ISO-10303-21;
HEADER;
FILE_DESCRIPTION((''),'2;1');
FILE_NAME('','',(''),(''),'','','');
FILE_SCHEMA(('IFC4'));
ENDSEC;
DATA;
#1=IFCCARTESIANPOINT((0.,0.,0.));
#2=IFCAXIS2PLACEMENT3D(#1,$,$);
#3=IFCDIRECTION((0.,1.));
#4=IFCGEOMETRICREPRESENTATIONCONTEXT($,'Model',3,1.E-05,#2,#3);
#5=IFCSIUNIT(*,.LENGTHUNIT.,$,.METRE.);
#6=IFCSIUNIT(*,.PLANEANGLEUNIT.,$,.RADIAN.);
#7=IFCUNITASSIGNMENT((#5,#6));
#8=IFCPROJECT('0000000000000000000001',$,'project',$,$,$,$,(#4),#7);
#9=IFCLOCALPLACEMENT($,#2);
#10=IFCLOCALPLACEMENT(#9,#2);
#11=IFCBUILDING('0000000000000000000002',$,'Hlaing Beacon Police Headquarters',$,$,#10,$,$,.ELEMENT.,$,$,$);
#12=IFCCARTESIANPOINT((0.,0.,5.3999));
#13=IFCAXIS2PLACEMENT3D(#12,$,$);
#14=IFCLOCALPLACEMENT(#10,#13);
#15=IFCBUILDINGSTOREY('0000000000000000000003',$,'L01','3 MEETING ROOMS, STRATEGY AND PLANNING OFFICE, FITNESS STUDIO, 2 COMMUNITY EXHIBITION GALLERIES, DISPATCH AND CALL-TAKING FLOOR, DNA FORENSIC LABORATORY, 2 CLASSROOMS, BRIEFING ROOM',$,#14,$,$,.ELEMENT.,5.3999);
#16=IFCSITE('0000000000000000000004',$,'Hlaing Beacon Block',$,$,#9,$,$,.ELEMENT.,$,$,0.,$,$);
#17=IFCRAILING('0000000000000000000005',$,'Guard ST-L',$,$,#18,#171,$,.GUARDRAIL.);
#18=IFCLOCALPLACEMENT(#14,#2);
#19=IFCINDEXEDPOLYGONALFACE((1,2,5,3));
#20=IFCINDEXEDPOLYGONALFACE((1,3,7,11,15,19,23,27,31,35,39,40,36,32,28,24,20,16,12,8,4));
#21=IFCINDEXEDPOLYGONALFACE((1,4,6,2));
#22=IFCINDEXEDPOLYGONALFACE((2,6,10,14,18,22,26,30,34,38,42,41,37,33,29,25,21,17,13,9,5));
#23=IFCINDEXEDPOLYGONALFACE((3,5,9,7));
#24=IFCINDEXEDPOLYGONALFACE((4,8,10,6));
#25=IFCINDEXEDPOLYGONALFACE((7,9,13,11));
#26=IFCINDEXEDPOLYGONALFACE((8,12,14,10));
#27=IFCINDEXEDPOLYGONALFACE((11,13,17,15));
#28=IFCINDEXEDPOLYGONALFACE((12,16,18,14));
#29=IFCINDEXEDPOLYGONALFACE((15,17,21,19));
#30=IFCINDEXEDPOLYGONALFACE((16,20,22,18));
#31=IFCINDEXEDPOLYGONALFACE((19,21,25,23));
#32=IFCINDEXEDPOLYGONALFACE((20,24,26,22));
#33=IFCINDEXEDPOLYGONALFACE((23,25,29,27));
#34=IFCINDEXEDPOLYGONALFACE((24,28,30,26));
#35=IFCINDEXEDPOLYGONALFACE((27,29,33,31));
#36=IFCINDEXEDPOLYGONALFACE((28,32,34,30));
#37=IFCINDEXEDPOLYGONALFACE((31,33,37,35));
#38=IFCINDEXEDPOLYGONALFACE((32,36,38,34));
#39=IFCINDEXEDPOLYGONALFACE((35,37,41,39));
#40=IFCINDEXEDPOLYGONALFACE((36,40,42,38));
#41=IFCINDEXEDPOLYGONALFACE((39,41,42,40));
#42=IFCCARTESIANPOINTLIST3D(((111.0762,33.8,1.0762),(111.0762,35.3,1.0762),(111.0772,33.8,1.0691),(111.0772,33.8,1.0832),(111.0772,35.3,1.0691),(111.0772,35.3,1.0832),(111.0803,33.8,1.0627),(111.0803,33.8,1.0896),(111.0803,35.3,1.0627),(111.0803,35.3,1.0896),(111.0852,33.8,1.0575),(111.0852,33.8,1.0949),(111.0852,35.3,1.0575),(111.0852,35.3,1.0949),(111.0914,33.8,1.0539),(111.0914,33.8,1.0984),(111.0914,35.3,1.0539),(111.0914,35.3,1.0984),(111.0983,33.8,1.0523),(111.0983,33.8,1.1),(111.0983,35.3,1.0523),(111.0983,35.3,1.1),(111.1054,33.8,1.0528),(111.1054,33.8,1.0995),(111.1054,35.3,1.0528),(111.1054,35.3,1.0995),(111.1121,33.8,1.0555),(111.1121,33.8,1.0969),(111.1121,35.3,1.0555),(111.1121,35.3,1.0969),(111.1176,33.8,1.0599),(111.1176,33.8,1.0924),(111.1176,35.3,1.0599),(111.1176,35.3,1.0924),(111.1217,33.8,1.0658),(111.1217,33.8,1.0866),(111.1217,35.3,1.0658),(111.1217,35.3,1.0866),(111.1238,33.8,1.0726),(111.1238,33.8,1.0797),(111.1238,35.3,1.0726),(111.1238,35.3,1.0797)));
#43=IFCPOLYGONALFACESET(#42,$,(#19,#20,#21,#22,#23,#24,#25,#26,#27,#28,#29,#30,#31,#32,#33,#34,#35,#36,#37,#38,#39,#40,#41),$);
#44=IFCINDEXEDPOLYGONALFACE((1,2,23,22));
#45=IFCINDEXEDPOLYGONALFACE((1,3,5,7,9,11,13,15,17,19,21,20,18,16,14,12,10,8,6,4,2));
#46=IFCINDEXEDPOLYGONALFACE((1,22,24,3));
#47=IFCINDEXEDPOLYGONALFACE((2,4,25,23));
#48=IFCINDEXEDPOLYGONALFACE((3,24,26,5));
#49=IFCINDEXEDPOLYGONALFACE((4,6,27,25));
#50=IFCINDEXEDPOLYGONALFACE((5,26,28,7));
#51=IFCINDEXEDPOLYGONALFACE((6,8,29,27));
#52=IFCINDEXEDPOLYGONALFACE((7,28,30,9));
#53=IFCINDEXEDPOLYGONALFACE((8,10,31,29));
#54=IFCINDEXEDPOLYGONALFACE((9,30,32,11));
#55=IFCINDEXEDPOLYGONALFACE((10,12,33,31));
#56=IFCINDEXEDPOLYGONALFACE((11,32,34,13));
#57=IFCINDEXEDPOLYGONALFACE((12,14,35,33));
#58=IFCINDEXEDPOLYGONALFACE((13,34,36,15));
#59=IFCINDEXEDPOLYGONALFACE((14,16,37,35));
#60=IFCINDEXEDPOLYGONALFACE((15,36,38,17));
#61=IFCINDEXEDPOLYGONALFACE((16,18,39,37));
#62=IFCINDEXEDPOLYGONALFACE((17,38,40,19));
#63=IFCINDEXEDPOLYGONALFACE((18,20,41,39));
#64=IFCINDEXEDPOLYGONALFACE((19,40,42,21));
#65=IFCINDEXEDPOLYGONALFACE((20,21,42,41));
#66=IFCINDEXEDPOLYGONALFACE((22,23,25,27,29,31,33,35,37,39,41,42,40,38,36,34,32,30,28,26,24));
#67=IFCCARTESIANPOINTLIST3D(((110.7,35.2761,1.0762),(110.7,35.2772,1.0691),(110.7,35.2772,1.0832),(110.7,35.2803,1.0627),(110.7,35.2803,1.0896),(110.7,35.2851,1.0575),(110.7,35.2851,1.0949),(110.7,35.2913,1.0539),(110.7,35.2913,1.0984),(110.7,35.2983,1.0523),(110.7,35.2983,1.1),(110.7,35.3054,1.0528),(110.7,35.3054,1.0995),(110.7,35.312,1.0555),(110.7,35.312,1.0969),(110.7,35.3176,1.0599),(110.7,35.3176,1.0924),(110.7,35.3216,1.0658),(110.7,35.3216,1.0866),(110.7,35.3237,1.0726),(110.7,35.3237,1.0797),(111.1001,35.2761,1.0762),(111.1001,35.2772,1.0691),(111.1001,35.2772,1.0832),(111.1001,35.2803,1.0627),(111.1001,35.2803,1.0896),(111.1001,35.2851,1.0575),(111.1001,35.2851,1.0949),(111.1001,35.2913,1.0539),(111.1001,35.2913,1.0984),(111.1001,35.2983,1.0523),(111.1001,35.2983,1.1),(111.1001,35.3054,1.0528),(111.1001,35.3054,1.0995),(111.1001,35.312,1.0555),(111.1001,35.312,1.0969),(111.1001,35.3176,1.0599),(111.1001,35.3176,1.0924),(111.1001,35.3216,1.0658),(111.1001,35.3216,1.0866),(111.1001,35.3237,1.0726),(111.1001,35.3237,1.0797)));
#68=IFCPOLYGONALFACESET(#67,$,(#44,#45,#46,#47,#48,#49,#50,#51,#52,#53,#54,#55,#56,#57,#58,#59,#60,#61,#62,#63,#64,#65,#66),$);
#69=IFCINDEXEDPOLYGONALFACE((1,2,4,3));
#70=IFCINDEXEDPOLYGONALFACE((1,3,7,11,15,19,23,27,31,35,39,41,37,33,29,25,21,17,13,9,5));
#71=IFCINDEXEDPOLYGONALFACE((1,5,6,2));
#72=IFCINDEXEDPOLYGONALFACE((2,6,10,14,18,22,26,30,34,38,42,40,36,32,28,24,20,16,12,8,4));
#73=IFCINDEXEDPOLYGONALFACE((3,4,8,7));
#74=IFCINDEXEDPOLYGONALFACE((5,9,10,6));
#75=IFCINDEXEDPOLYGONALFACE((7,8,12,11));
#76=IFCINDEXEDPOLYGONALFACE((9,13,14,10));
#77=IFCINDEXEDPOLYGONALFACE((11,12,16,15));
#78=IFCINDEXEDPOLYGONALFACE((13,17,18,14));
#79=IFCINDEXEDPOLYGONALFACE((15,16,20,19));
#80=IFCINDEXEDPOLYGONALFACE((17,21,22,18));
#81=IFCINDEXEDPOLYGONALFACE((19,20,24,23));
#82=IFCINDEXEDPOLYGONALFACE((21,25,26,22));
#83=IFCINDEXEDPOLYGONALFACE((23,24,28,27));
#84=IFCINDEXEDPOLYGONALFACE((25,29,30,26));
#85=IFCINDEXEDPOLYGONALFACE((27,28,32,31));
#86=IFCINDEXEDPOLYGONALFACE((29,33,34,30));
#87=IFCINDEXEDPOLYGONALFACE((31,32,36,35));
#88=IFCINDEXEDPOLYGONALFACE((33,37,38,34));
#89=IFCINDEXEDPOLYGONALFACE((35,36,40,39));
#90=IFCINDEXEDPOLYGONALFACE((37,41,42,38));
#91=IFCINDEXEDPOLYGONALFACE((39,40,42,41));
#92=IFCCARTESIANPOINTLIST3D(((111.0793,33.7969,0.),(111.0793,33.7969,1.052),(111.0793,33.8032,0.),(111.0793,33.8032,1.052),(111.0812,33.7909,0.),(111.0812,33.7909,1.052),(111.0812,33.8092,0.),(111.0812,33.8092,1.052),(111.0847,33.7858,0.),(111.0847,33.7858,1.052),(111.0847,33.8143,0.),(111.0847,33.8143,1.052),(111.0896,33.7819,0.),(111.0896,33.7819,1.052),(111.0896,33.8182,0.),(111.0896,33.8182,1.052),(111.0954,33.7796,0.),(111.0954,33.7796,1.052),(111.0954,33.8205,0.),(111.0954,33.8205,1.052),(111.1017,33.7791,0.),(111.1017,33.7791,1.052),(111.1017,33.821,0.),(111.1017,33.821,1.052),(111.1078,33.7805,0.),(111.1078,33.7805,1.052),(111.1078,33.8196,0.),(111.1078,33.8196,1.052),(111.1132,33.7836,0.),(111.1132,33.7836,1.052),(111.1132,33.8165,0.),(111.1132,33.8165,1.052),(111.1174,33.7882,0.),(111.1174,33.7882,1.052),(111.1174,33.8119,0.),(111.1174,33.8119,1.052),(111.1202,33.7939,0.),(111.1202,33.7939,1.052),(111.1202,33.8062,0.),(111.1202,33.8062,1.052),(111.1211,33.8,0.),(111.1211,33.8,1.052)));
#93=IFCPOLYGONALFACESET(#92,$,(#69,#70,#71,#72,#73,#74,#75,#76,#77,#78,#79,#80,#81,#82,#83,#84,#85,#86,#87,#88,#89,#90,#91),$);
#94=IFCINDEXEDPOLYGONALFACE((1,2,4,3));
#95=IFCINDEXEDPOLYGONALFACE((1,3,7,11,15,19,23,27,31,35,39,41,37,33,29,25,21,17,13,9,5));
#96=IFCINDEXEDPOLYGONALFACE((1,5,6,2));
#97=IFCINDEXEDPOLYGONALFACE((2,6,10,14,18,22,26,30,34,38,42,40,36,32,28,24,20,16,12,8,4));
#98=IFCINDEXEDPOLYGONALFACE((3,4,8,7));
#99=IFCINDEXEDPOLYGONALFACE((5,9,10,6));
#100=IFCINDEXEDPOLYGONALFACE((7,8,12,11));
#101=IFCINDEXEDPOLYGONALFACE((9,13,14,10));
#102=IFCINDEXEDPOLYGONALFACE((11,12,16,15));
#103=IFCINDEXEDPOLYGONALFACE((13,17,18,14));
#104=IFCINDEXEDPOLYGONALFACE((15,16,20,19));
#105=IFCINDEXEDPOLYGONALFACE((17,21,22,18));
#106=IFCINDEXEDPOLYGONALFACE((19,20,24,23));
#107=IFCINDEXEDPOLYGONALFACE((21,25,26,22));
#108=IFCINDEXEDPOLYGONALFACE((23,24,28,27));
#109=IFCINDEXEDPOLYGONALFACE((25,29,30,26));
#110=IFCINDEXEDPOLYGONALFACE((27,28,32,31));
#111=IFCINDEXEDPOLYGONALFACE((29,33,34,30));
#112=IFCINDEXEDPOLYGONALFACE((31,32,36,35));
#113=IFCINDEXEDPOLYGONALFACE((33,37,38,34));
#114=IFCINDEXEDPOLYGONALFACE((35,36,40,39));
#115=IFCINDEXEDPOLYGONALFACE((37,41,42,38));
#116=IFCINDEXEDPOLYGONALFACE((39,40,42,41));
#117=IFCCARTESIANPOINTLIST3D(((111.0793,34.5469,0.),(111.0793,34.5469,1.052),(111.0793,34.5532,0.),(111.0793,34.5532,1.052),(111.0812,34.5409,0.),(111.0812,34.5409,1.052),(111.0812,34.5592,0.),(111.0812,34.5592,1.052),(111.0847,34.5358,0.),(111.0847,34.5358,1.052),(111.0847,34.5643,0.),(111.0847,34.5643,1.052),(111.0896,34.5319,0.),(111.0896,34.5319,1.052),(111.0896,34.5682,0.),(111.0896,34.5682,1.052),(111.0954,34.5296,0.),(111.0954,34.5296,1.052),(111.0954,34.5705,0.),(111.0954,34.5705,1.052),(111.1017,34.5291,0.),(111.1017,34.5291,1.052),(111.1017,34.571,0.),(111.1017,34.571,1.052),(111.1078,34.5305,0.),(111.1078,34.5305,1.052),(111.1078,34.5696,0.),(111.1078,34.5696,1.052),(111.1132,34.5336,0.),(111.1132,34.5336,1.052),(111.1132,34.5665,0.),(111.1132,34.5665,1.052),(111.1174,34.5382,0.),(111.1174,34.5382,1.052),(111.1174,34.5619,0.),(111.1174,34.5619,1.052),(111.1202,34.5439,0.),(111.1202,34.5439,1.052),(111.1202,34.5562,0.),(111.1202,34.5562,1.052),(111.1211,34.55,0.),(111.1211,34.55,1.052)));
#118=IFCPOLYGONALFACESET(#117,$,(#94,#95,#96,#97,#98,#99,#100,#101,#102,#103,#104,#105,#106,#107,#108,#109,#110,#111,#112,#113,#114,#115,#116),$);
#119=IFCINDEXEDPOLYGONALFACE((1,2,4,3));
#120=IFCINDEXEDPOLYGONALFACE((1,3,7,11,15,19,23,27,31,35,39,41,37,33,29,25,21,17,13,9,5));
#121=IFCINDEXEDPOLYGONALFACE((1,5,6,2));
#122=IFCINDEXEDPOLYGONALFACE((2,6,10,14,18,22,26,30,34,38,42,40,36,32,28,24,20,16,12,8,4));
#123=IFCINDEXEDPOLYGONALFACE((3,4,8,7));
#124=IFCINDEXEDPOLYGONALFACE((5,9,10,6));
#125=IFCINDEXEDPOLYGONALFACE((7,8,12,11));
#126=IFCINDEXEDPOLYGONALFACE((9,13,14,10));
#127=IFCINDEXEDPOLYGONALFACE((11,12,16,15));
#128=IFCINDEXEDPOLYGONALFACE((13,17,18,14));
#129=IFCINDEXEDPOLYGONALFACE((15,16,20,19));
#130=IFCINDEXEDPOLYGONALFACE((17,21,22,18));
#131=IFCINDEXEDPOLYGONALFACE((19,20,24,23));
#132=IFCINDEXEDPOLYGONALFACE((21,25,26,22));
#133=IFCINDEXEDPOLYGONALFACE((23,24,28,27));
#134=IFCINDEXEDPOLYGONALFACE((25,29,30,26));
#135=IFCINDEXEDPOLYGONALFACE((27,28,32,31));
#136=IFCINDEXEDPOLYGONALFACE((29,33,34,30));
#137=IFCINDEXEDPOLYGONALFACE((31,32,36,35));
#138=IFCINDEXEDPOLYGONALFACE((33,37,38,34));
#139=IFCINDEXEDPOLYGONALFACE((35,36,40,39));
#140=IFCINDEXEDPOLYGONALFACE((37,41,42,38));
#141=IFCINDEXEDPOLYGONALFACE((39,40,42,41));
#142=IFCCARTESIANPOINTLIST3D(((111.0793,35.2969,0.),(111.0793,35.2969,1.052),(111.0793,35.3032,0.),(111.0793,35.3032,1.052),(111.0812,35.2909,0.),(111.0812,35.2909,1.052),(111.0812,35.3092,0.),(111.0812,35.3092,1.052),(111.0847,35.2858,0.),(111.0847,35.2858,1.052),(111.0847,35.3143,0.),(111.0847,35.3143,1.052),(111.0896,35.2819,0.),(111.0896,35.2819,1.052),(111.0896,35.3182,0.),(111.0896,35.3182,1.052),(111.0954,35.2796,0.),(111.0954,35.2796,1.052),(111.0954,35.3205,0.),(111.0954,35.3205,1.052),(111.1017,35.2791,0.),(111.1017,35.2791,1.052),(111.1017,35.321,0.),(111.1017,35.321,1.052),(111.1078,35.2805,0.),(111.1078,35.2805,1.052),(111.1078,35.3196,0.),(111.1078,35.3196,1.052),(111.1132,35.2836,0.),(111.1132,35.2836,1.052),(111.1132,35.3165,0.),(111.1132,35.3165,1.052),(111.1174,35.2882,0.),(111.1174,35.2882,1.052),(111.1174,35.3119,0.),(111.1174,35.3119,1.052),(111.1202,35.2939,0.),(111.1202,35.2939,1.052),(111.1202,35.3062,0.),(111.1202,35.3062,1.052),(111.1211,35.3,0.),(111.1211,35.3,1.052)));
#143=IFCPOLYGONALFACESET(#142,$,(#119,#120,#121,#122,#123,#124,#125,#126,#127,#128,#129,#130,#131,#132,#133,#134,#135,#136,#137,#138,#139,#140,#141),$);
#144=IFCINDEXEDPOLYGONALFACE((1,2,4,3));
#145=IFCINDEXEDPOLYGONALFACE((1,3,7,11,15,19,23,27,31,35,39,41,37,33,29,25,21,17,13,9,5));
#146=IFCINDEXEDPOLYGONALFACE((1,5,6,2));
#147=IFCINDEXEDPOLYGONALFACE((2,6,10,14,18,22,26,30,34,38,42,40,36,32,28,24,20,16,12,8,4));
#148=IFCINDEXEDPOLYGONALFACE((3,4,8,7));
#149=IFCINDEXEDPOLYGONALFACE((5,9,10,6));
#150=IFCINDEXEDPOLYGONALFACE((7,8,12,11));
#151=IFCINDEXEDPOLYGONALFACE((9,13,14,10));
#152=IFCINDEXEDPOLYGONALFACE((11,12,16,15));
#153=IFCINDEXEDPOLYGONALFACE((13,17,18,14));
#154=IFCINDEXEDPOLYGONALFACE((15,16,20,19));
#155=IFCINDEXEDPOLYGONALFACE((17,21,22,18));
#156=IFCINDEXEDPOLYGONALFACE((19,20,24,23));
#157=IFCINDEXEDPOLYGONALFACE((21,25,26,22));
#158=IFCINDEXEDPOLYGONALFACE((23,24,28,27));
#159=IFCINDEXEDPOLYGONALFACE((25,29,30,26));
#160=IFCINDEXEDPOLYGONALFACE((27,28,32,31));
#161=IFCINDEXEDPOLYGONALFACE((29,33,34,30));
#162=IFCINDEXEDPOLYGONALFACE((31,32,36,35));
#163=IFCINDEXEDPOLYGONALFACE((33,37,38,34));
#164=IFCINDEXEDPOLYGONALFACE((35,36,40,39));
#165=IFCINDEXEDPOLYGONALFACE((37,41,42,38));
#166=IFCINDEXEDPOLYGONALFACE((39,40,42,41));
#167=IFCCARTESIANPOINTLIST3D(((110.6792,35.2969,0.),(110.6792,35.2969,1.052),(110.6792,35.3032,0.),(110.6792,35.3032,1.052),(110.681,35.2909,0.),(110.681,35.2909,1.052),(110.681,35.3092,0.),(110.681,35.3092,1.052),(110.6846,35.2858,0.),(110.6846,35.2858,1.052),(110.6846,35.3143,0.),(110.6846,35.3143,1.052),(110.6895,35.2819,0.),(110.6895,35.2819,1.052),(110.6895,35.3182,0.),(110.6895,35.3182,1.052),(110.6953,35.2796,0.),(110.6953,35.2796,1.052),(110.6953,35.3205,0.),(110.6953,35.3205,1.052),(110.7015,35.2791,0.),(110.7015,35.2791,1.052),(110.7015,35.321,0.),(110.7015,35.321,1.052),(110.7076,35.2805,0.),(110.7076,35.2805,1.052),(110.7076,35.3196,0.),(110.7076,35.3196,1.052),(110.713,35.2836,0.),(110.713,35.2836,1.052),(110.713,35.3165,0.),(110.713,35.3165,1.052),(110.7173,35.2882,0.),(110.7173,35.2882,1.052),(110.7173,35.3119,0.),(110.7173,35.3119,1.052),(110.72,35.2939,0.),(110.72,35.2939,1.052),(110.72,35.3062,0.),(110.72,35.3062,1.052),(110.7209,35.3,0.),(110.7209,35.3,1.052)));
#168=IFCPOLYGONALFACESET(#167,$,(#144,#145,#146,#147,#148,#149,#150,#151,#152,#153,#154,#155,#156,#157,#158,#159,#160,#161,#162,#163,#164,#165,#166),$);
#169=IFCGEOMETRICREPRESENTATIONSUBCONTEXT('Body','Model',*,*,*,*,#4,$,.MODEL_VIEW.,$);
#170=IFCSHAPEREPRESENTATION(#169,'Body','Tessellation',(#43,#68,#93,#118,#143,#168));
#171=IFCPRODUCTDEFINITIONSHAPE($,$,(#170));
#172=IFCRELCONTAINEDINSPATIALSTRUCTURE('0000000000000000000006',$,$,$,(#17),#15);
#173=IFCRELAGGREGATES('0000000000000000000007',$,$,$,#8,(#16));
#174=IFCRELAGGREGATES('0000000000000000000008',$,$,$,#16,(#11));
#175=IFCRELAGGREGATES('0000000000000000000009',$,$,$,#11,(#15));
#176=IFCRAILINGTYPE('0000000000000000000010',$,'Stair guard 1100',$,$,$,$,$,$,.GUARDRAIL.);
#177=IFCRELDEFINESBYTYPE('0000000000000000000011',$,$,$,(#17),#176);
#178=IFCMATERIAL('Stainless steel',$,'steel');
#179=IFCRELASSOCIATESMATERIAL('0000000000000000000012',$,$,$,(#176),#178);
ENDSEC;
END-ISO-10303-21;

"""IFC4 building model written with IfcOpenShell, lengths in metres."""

from ifc_helpers import new_model, si_unit, direction, frame, origin, origin_2d, place, context, subcontext, project, spatial, circle, extrude, material, type_object, element, save


model = new_model("IFC4")

# Units and contexts
model_context = context("Model", 3, precision=1e-05, world=origin(), true_north=direction((0.0, 1.0)))
body_context = subcontext(model_context, "Body", "Model", "MODEL_VIEW")
ifc_project = project(units=[si_unit("LENGTHUNIT", "METRE"), si_unit("PLANEANGLEUNIT", "RADIAN")], contexts=[model_context])

# Site, building, storey
site_placement = place(None, origin())
site = spatial("IfcSite", under=ifc_project, at=site_placement, Name="Hlaing Beacon Block", CompositionType="ELEMENT", RefElevation=0.0)
building_placement = place(site_placement, origin())
building = spatial("IfcBuilding", under=site, at=building_placement, Name="Hlaing Beacon Police Headquarters", CompositionType="ELEMENT")
storey_placement = place(building_placement, frame((0.0, 0.0, 5.3999)))
storey = spatial("IfcBuildingStorey", under=building, at=storey_placement, Name="L01", Description="3 MEETING ROOMS, STRATEGY AND PLANNING OFFICE, FITNESS STUDIO, 2 COMMUNITY EXHIBITION GALLERIES, DISPATCH AND CALL-TAKING FLOOR, DNA FORENSIC LABORATORY, 2 CLASSROOMS, BRIEFING ROOM", CompositionType="ELEMENT", Elevation=5.3999)

# Railing
ifc_material_1 = material(Name="Stainless steel", Category="steel")
railing_type_1 = type_object("IfcRailingType", Name="Stair guard 1100", PredefinedType="GUARDRAIL", material=ifc_material_1)
railing_1_placement = place(storey_placement, frame((111.1001, 33.8, 0.0)))
element("IfcRailing", 1, at=railing_1_placement, inside=storey, type_object=railing_type_1, Name="Guard ST-L", PredefinedType="GUARDRAIL", context=body_context, shape_type="SweptSolid", body=[
    extrude(circle(Radius=0.0239, at=origin_2d()), frame((0.0, 0.0, 1.0762), z_axis=(0.0, 1.0, 0.0), x_axis=(-1.0, 0.0, 0.0)), (0.0, 0.0, 1.0), 1.5),
    extrude(circle(Radius=0.0239, at=origin_2d()), frame((0.0, 1.5, 1.0762), z_axis=(-1.0, 0.0, 0.0), x_axis=(0.0, -1.0, 0.0)), (0.0, 0.0, 1.0), 0.4001),
    extrude(circle(Radius=0.021, at=origin_2d()), origin(), (0.0, 0.0, 1.0), 1.052),
    extrude(circle(Radius=0.021, at=origin_2d()), frame((0.0, 0.75, 0.0)), (0.0, 0.0, 1.0), 1.052),
    extrude(circle(Radius=0.021, at=origin_2d()), frame((0.0, 1.5, 0.0)), (0.0, 0.0, 1.0), 1.052),
    extrude(circle(Radius=0.021, at=origin_2d()), frame((-0.4001, 1.5, 0.0)), (0.0, 0.0, 1.0), 1.052),
])

save(model, "model.ifc")
